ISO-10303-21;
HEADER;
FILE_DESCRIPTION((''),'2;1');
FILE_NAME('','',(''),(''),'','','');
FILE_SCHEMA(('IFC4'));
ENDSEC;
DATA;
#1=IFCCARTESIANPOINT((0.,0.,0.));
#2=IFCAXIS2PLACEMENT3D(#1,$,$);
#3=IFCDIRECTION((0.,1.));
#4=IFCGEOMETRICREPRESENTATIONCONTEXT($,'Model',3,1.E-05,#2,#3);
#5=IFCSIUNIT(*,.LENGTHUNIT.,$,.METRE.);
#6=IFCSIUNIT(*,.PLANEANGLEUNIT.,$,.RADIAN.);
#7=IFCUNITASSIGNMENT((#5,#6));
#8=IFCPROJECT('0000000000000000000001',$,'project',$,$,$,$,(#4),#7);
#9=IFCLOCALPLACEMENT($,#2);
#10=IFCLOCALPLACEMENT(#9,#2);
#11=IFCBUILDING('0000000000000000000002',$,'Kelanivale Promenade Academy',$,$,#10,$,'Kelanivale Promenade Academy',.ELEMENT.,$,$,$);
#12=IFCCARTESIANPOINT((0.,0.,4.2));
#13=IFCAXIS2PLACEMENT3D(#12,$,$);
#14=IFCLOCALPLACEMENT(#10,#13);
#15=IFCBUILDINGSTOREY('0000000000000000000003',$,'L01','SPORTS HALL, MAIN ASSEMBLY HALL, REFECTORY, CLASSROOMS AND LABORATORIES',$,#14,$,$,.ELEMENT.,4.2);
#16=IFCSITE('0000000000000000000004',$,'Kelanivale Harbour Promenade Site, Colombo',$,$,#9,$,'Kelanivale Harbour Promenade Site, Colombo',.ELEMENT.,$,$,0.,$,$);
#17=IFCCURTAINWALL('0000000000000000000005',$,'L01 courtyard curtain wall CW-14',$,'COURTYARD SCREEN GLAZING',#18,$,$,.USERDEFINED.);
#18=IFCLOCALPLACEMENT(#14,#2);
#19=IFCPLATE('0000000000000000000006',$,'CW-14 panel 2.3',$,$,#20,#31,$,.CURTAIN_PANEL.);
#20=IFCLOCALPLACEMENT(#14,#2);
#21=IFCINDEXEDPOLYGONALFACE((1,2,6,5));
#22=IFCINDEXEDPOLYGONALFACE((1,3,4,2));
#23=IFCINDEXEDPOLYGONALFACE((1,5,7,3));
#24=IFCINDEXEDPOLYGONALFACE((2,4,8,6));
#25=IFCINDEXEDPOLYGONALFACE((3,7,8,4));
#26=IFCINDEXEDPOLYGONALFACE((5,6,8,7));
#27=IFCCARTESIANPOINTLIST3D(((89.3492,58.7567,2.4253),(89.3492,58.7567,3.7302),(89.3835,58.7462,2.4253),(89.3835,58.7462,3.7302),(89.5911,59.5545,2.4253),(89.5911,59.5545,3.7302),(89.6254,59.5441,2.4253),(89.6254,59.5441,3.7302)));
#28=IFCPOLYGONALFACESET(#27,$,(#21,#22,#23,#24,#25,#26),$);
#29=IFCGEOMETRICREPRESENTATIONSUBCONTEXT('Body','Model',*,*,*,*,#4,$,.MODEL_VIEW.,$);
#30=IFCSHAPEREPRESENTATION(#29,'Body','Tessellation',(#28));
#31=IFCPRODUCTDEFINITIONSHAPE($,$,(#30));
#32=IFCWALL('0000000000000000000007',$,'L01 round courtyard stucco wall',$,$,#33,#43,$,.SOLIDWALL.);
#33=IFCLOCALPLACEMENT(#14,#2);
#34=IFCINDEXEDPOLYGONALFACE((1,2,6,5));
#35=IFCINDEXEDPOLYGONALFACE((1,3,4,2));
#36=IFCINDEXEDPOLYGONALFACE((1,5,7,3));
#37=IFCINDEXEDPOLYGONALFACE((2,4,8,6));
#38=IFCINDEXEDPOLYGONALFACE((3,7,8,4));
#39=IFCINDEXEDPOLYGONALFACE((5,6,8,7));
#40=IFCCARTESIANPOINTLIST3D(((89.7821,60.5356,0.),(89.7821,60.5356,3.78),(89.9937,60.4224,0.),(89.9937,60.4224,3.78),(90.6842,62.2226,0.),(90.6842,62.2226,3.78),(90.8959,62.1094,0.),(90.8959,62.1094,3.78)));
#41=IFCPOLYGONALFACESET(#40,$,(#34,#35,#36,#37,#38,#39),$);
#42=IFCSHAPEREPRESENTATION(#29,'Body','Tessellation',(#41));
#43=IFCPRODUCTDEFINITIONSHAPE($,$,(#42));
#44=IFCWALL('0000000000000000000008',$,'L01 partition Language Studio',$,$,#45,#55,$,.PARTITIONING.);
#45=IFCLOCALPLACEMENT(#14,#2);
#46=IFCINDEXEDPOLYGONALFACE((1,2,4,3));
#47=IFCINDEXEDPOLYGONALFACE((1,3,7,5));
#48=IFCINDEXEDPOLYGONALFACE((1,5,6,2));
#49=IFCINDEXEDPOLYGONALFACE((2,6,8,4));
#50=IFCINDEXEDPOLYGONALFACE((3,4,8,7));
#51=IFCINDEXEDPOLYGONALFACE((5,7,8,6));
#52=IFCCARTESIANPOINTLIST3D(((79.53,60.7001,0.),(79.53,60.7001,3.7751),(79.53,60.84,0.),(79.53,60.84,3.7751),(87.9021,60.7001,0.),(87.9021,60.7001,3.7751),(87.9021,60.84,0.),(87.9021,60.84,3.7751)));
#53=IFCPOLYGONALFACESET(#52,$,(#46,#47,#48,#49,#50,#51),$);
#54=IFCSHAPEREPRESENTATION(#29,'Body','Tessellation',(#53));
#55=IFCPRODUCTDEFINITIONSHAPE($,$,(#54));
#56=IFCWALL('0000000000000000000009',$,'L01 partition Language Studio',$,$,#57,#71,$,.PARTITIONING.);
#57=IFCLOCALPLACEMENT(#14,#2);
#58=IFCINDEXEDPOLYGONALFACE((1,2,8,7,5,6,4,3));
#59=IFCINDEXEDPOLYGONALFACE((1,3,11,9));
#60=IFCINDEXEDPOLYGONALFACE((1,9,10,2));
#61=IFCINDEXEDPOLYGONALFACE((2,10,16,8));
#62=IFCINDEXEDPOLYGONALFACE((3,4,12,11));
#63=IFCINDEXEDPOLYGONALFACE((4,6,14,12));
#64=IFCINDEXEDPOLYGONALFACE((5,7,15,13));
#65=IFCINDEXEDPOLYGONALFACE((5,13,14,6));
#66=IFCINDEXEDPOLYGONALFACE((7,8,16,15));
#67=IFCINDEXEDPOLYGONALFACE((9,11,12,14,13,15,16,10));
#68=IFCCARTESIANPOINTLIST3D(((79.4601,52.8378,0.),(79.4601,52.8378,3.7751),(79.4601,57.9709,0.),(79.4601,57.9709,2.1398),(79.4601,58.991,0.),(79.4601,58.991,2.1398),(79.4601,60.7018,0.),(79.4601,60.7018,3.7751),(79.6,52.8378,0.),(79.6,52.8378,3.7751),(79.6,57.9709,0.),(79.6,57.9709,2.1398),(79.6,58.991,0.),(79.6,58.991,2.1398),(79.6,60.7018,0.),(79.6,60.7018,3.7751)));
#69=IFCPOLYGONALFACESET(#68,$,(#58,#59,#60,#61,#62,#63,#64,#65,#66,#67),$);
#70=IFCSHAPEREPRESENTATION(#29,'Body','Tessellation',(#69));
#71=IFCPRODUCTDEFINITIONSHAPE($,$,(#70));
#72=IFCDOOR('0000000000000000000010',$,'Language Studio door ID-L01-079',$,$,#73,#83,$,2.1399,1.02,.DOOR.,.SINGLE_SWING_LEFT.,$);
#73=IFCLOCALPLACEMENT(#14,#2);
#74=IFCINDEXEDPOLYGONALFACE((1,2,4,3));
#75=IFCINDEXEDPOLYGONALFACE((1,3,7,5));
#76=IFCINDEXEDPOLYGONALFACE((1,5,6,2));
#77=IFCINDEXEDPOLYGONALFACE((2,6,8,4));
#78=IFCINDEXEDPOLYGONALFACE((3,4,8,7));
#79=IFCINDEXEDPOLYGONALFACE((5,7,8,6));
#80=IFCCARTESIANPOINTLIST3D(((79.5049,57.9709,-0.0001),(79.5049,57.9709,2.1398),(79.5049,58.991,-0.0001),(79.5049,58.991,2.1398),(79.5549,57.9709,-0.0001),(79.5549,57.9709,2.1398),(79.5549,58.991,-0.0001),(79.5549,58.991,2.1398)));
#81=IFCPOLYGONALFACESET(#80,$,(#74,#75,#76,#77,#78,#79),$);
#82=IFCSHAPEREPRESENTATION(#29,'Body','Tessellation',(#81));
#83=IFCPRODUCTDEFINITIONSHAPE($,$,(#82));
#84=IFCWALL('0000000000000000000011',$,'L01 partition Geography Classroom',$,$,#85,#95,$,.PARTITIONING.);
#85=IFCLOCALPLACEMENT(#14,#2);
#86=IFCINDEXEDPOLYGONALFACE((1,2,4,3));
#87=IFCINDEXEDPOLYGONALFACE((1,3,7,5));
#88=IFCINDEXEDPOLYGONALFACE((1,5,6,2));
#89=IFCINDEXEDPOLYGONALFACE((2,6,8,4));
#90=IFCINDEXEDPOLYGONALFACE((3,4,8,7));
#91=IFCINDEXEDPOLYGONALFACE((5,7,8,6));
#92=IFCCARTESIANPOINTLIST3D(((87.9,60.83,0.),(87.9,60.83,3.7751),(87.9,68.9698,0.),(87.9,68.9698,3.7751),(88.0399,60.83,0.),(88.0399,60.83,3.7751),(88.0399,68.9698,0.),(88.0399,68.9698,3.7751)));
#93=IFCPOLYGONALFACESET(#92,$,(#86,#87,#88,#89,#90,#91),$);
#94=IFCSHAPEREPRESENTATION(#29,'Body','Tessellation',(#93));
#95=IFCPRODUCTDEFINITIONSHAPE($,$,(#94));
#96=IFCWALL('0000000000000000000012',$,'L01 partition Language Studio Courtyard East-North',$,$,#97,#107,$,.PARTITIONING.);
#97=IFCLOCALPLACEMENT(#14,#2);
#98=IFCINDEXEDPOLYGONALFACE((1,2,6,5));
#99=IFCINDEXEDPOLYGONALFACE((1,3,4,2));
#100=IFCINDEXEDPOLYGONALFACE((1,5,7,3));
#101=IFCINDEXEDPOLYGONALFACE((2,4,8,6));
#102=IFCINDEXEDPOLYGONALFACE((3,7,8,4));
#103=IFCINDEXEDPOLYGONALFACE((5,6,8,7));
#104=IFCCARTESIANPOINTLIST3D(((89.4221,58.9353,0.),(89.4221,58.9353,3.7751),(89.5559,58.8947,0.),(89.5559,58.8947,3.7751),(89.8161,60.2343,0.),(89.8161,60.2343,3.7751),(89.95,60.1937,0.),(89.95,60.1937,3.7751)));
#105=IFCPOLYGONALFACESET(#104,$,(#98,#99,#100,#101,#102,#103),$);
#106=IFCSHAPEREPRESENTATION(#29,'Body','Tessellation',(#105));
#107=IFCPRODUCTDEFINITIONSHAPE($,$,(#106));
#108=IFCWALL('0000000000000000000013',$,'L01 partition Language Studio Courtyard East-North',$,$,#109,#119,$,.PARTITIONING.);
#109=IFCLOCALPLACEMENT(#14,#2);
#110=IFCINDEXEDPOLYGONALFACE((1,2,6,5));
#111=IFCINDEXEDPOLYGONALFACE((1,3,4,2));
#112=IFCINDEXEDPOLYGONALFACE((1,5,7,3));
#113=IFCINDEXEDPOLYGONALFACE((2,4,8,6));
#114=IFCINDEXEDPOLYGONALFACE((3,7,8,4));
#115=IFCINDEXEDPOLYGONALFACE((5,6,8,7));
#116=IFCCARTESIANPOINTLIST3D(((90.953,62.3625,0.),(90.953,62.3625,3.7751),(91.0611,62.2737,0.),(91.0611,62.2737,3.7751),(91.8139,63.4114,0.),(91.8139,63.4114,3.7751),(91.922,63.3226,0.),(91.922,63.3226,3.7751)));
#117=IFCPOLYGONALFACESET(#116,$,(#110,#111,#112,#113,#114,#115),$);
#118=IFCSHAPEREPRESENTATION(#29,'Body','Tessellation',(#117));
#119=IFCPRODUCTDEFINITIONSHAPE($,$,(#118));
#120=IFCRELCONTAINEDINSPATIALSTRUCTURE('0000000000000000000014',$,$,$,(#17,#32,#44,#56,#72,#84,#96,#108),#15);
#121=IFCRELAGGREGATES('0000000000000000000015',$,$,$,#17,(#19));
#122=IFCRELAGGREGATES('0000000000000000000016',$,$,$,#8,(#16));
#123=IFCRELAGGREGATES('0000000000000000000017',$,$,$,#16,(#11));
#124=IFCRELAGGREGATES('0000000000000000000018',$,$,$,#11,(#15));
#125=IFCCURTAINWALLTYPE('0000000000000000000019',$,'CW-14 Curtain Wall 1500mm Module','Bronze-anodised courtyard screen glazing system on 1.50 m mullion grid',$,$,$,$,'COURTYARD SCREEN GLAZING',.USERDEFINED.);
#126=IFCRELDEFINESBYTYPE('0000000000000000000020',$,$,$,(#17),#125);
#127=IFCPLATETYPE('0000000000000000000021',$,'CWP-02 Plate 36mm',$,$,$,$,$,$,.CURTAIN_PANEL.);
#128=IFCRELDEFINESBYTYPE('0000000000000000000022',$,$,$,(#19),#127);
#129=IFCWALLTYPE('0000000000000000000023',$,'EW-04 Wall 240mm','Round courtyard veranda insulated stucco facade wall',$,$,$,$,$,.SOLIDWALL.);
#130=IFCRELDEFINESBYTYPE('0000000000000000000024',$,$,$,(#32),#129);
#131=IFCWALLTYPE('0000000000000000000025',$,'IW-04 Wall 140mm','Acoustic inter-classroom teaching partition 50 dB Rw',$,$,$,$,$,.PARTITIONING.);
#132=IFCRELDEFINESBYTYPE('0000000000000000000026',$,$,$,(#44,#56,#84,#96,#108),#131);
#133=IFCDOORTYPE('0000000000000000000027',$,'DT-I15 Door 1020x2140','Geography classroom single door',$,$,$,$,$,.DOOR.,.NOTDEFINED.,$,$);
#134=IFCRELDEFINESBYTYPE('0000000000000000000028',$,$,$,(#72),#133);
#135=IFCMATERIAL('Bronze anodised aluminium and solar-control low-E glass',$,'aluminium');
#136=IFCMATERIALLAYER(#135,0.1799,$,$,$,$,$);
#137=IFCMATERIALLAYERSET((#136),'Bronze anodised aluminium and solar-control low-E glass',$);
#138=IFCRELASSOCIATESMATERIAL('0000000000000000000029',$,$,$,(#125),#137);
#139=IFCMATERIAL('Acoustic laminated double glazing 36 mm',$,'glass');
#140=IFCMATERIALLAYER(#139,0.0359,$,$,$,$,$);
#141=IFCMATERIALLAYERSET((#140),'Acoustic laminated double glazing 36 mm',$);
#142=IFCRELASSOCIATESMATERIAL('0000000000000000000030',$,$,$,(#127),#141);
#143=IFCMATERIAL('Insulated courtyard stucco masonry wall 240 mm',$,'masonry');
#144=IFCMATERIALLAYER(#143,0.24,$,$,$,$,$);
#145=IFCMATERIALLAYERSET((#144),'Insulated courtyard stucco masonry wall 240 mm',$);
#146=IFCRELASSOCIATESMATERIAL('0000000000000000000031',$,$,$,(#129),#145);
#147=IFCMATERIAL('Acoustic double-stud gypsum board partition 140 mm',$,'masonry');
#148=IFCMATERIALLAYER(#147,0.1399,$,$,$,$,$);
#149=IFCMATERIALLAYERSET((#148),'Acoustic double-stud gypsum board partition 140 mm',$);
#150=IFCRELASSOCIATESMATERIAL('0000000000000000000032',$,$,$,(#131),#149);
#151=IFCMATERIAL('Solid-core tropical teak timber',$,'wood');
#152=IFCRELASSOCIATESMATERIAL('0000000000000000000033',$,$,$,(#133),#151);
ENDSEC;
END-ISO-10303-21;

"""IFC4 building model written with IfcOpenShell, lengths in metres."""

from ifc_helpers import new_model, si_unit, direction, frame, frame_2d, origin, origin_2d, place, context, subcontext, project, spatial, rectangle, extrude, material, layer, layer_set, type_object, element, fill, aggregate, save


model = new_model("IFC4")

# Units and contexts
model_context = context("Model", 3, precision=1e-05, world=origin(), true_north=direction((0.0, 1.0)))
body_context = subcontext(model_context, "Body", "Model", "MODEL_VIEW")
ifc_project = project(units=[si_unit("LENGTHUNIT", "METRE"), si_unit("PLANEANGLEUNIT", "RADIAN")], contexts=[model_context])

# Site, building, storey
site_placement = place(None, origin())
site = spatial("IfcSite", under=ifc_project, at=site_placement, Name="Kelanivale Harbour Promenade Site, Colombo", LongName="Kelanivale Harbour Promenade Site, Colombo", CompositionType="ELEMENT", RefElevation=0.0)
building_placement = place(site_placement, origin())
building = spatial("IfcBuilding", under=site, at=building_placement, Name="Kelanivale Promenade Academy", LongName="Kelanivale Promenade Academy", CompositionType="ELEMENT")
storey_placement = place(building_placement, frame((0.0, 0.0, 4.2)))
storey = spatial("IfcBuildingStorey", under=building, at=storey_placement, Name="L01", Description="SPORTS HALL, MAIN ASSEMBLY HALL, REFECTORY, CLASSROOMS AND LABORATORIES", CompositionType="ELEMENT", Elevation=4.2)

# Shared definitions
ifc_material_1 = material(Name="Bronze anodised aluminium and solar-control low-E glass", Category="aluminium")

# Curtain wall
ifc_layer_1 = layer(ifc_material_1, 0.1799)
ifc_layer_set_1 = layer_set([ifc_layer_1], Name="Bronze anodised aluminium and solar-control low-E glass")
curtain_wall_type_1 = type_object("IfcCurtainWallType", Name="CW-14 Curtain Wall 1500mm Module", Description="Bronze-anodised courtyard screen glazing system on 1.50 m mullion grid", ElementType="COURTYARD SCREEN GLAZING", PredefinedType="USERDEFINED", material=ifc_layer_set_1)
curtain_wall_1_placement = place(storey_placement, origin())
curtain_wall_1 = element("IfcCurtainWall", 1, at=curtain_wall_1_placement, inside=storey, type_object=curtain_wall_type_1, Name="L01 courtyard curtain wall CW-14", ObjectType="COURTYARD SCREEN GLAZING", PredefinedType="USERDEFINED")

# Plate
ifc_material_2 = material(Name="Acoustic laminated double glazing 36 mm", Category="glass")
ifc_layer_2 = layer(ifc_material_2, 0.0359)
ifc_layer_set_2 = layer_set([ifc_layer_2], Name="Acoustic laminated double glazing 36 mm")
plate_type_1 = type_object("IfcPlateType", Name="CWP-02 Plate 36mm", PredefinedType="CURTAIN_PANEL", material=ifc_layer_set_2)
plate_1_placement = place(storey_placement, frame((89.4873, 59.1504, 2.4253), z_axis=(0.0, 0.0, 1.0), x_axis=(-0.290128, -0.956988, 0.0)))
plate_1 = element("IfcPlate", 2, at=plate_1_placement, type_object=plate_type_1, Name="CW-14 panel 2.3", PredefinedType="CURTAIN_PANEL", context=body_context, shape_type="SweptSolid", body=[
    extrude(rectangle(XDim=0.8337, YDim=0.0359, at=origin_2d()), origin(), (0.0, 0.0, 1.0), 1.3049),
])
aggregate(curtain_wall_1, [plate_1])

# Walls
ifc_material_3 = material(Name="Insulated courtyard stucco masonry wall 240 mm", Category="masonry")
ifc_layer_3 = layer(ifc_material_3, 0.24)
ifc_layer_set_3 = layer_set([ifc_layer_3], Name="Insulated courtyard stucco masonry wall 240 mm")
wall_type_1 = type_object("IfcWallType", Name="EW-04 Wall 240mm", Description="Round courtyard veranda insulated stucco facade wall", PredefinedType="SOLIDWALL", material=ifc_layer_set_3)
wall_1_placement = place(storey_placement, frame((90.79, 62.166, 0.0), z_axis=(0.0, 0.0, 1.0), x_axis=(-0.471548, -0.88184, 0.0)))
element("IfcWall", 3, at=wall_1_placement, inside=storey, type_object=wall_type_1, Name="L01 round courtyard stucco wall", PredefinedType="SOLIDWALL", context=body_context, shape_type="SweptSolid", body=[
    extrude(rectangle(XDim=1.9131, YDim=0.24, at=frame_2d((0.9565, 0.0))), origin(), (0.0, 0.0, 1.0), 3.78),
])
ifc_material_4 = material(Name="Acoustic double-stud gypsum board partition 140 mm", Category="masonry")
ifc_layer_4 = layer(ifc_material_4, 0.1399)
ifc_layer_set_4 = layer_set([ifc_layer_4], Name="Acoustic double-stud gypsum board partition 140 mm")
wall_type_2 = type_object("IfcWallType", Name="IW-04 Wall 140mm", Description="Acoustic inter-classroom teaching partition 50 dB Rw", PredefinedType="PARTITIONING", material=ifc_layer_set_4)
wall_2_placement = place(storey_placement, frame((87.9021, 60.77, 0.0), z_axis=(0.0, 0.0, 1.0), x_axis=(-1.0, 0.0, 0.0)))
element("IfcWall", 4, at=wall_2_placement, inside=storey, type_object=wall_type_2, Name="L01 partition Language Studio", PredefinedType="PARTITIONING", context=body_context, shape_type="SweptSolid", body=[
    extrude(rectangle(XDim=8.3721, YDim=0.1399, at=frame_2d((4.186, 0.0))), origin(), (0.0, 0.0, 1.0), 3.7751),
])

# Wall, opening, door
wall_3_placement = place(storey_placement, frame((79.53, 60.7019, 0.0), z_axis=(0.0, 0.0, 1.0), x_axis=(0.0, -1.0, 0.0)))
wall_3 = element("IfcWall", 5, at=wall_3_placement, inside=storey, type_object=wall_type_2, Name="L01 partition Language Studio", PredefinedType="PARTITIONING", context=body_context, shape_type="SweptSolid", body=[
    extrude(rectangle(XDim=7.864, YDim=0.1399, at=frame_2d((3.9321, 0.0))), origin(), (0.0, 0.0, 1.0), 3.7751),
])
opening_placement = place(wall_3_placement, frame((1.7109, 0.0, 0.0)))
opening = element("IfcOpeningElement", 6, at=opening_placement, cuts=wall_3, PredefinedType="OPENING", context=body_context, shape_type="SweptSolid", body=[
    extrude(rectangle(XDim=1.02, YDim=2.1399, at=frame_2d((0.51, 1.0698))), frame((0.0, 0.0801, 0.0), z_axis=(0.0, -1.0, 0.0), x_axis=(1.0, 0.0, 0.0)), (0.0, 0.0, 1.0), 0.1599),
])
ifc_material_5 = material(Name="Solid-core tropical teak timber", Category="wood")
door_type = type_object("IfcDoorType", Name="DT-I15 Door 1020x2140", Description="Geography classroom single door", OperationType="NOTDEFINED", PredefinedType="DOOR", material=ifc_material_5)
door_placement = place(opening_placement, origin())
door = element("IfcDoor", 7, at=door_placement, inside=storey, type_object=door_type, Name="Language Studio door ID-L01-079", OperationType="SINGLE_SWING_LEFT", OverallHeight=2.1399, OverallWidth=1.02, PredefinedType="DOOR", context=body_context, shape_type="SweptSolid", body=[
    extrude(rectangle(XDim=1.02, YDim=2.1399, at=frame_2d((0.51, 1.0698))), frame((0.0, 0.0249, 0.0), z_axis=(0.0, -1.0, 0.0), x_axis=(1.0, 0.0, 0.0)), (0.0, 0.0, 1.0), 0.05),
])
fill(opening, door)

# Walls
wall_4_placement = place(storey_placement, frame((87.97, 60.8301, 0.0), z_axis=(0.0, 0.0, 1.0), x_axis=(0.0, 1.0, 0.0)))
element("IfcWall", 8, at=wall_4_placement, inside=storey, type_object=wall_type_2, Name="L01 partition Geography Classroom", PredefinedType="PARTITIONING", context=body_context, shape_type="SweptSolid", body=[
    extrude(rectangle(XDim=8.1399, YDim=0.1399, at=frame_2d((4.0698, 0.0))), origin(), (0.0, 0.0, 1.0), 3.7751),
])
wall_5_placement = place(storey_placement, frame((89.489, 58.915, 0.0), z_axis=(0.0, 0.0, 1.0), x_axis=(0.290267, 0.956946, 0.0)))
element("IfcWall", 9, at=wall_5_placement, inside=storey, type_object=wall_type_2, Name="L01 partition Language Studio Courtyard East-North", PredefinedType="PARTITIONING", context=body_context, shape_type="SweptSolid", body=[
    extrude(rectangle(XDim=1.3574, YDim=0.1399, at=frame_2d((0.6787, 0.0))), origin(), (0.0, 0.0, 1.0), 3.7751),
])
wall_6_placement = place(storey_placement, frame((91.0071, 62.3181, 0.0), z_axis=(0.0, 0.0, 1.0), x_axis=(0.634432, 0.772978, 0.0)))
element("IfcWall", 10, at=wall_6_placement, inside=storey, type_object=wall_type_2, Name="L01 partition Language Studio Courtyard East-North", PredefinedType="PARTITIONING", context=body_context, shape_type="SweptSolid", body=[
    extrude(rectangle(XDim=1.3569, YDim=0.1399, at=frame_2d((0.6785, 0.0))), origin(), (0.0, 0.0, 1.0), 3.7751),
])

save(model, "model.ifc")
